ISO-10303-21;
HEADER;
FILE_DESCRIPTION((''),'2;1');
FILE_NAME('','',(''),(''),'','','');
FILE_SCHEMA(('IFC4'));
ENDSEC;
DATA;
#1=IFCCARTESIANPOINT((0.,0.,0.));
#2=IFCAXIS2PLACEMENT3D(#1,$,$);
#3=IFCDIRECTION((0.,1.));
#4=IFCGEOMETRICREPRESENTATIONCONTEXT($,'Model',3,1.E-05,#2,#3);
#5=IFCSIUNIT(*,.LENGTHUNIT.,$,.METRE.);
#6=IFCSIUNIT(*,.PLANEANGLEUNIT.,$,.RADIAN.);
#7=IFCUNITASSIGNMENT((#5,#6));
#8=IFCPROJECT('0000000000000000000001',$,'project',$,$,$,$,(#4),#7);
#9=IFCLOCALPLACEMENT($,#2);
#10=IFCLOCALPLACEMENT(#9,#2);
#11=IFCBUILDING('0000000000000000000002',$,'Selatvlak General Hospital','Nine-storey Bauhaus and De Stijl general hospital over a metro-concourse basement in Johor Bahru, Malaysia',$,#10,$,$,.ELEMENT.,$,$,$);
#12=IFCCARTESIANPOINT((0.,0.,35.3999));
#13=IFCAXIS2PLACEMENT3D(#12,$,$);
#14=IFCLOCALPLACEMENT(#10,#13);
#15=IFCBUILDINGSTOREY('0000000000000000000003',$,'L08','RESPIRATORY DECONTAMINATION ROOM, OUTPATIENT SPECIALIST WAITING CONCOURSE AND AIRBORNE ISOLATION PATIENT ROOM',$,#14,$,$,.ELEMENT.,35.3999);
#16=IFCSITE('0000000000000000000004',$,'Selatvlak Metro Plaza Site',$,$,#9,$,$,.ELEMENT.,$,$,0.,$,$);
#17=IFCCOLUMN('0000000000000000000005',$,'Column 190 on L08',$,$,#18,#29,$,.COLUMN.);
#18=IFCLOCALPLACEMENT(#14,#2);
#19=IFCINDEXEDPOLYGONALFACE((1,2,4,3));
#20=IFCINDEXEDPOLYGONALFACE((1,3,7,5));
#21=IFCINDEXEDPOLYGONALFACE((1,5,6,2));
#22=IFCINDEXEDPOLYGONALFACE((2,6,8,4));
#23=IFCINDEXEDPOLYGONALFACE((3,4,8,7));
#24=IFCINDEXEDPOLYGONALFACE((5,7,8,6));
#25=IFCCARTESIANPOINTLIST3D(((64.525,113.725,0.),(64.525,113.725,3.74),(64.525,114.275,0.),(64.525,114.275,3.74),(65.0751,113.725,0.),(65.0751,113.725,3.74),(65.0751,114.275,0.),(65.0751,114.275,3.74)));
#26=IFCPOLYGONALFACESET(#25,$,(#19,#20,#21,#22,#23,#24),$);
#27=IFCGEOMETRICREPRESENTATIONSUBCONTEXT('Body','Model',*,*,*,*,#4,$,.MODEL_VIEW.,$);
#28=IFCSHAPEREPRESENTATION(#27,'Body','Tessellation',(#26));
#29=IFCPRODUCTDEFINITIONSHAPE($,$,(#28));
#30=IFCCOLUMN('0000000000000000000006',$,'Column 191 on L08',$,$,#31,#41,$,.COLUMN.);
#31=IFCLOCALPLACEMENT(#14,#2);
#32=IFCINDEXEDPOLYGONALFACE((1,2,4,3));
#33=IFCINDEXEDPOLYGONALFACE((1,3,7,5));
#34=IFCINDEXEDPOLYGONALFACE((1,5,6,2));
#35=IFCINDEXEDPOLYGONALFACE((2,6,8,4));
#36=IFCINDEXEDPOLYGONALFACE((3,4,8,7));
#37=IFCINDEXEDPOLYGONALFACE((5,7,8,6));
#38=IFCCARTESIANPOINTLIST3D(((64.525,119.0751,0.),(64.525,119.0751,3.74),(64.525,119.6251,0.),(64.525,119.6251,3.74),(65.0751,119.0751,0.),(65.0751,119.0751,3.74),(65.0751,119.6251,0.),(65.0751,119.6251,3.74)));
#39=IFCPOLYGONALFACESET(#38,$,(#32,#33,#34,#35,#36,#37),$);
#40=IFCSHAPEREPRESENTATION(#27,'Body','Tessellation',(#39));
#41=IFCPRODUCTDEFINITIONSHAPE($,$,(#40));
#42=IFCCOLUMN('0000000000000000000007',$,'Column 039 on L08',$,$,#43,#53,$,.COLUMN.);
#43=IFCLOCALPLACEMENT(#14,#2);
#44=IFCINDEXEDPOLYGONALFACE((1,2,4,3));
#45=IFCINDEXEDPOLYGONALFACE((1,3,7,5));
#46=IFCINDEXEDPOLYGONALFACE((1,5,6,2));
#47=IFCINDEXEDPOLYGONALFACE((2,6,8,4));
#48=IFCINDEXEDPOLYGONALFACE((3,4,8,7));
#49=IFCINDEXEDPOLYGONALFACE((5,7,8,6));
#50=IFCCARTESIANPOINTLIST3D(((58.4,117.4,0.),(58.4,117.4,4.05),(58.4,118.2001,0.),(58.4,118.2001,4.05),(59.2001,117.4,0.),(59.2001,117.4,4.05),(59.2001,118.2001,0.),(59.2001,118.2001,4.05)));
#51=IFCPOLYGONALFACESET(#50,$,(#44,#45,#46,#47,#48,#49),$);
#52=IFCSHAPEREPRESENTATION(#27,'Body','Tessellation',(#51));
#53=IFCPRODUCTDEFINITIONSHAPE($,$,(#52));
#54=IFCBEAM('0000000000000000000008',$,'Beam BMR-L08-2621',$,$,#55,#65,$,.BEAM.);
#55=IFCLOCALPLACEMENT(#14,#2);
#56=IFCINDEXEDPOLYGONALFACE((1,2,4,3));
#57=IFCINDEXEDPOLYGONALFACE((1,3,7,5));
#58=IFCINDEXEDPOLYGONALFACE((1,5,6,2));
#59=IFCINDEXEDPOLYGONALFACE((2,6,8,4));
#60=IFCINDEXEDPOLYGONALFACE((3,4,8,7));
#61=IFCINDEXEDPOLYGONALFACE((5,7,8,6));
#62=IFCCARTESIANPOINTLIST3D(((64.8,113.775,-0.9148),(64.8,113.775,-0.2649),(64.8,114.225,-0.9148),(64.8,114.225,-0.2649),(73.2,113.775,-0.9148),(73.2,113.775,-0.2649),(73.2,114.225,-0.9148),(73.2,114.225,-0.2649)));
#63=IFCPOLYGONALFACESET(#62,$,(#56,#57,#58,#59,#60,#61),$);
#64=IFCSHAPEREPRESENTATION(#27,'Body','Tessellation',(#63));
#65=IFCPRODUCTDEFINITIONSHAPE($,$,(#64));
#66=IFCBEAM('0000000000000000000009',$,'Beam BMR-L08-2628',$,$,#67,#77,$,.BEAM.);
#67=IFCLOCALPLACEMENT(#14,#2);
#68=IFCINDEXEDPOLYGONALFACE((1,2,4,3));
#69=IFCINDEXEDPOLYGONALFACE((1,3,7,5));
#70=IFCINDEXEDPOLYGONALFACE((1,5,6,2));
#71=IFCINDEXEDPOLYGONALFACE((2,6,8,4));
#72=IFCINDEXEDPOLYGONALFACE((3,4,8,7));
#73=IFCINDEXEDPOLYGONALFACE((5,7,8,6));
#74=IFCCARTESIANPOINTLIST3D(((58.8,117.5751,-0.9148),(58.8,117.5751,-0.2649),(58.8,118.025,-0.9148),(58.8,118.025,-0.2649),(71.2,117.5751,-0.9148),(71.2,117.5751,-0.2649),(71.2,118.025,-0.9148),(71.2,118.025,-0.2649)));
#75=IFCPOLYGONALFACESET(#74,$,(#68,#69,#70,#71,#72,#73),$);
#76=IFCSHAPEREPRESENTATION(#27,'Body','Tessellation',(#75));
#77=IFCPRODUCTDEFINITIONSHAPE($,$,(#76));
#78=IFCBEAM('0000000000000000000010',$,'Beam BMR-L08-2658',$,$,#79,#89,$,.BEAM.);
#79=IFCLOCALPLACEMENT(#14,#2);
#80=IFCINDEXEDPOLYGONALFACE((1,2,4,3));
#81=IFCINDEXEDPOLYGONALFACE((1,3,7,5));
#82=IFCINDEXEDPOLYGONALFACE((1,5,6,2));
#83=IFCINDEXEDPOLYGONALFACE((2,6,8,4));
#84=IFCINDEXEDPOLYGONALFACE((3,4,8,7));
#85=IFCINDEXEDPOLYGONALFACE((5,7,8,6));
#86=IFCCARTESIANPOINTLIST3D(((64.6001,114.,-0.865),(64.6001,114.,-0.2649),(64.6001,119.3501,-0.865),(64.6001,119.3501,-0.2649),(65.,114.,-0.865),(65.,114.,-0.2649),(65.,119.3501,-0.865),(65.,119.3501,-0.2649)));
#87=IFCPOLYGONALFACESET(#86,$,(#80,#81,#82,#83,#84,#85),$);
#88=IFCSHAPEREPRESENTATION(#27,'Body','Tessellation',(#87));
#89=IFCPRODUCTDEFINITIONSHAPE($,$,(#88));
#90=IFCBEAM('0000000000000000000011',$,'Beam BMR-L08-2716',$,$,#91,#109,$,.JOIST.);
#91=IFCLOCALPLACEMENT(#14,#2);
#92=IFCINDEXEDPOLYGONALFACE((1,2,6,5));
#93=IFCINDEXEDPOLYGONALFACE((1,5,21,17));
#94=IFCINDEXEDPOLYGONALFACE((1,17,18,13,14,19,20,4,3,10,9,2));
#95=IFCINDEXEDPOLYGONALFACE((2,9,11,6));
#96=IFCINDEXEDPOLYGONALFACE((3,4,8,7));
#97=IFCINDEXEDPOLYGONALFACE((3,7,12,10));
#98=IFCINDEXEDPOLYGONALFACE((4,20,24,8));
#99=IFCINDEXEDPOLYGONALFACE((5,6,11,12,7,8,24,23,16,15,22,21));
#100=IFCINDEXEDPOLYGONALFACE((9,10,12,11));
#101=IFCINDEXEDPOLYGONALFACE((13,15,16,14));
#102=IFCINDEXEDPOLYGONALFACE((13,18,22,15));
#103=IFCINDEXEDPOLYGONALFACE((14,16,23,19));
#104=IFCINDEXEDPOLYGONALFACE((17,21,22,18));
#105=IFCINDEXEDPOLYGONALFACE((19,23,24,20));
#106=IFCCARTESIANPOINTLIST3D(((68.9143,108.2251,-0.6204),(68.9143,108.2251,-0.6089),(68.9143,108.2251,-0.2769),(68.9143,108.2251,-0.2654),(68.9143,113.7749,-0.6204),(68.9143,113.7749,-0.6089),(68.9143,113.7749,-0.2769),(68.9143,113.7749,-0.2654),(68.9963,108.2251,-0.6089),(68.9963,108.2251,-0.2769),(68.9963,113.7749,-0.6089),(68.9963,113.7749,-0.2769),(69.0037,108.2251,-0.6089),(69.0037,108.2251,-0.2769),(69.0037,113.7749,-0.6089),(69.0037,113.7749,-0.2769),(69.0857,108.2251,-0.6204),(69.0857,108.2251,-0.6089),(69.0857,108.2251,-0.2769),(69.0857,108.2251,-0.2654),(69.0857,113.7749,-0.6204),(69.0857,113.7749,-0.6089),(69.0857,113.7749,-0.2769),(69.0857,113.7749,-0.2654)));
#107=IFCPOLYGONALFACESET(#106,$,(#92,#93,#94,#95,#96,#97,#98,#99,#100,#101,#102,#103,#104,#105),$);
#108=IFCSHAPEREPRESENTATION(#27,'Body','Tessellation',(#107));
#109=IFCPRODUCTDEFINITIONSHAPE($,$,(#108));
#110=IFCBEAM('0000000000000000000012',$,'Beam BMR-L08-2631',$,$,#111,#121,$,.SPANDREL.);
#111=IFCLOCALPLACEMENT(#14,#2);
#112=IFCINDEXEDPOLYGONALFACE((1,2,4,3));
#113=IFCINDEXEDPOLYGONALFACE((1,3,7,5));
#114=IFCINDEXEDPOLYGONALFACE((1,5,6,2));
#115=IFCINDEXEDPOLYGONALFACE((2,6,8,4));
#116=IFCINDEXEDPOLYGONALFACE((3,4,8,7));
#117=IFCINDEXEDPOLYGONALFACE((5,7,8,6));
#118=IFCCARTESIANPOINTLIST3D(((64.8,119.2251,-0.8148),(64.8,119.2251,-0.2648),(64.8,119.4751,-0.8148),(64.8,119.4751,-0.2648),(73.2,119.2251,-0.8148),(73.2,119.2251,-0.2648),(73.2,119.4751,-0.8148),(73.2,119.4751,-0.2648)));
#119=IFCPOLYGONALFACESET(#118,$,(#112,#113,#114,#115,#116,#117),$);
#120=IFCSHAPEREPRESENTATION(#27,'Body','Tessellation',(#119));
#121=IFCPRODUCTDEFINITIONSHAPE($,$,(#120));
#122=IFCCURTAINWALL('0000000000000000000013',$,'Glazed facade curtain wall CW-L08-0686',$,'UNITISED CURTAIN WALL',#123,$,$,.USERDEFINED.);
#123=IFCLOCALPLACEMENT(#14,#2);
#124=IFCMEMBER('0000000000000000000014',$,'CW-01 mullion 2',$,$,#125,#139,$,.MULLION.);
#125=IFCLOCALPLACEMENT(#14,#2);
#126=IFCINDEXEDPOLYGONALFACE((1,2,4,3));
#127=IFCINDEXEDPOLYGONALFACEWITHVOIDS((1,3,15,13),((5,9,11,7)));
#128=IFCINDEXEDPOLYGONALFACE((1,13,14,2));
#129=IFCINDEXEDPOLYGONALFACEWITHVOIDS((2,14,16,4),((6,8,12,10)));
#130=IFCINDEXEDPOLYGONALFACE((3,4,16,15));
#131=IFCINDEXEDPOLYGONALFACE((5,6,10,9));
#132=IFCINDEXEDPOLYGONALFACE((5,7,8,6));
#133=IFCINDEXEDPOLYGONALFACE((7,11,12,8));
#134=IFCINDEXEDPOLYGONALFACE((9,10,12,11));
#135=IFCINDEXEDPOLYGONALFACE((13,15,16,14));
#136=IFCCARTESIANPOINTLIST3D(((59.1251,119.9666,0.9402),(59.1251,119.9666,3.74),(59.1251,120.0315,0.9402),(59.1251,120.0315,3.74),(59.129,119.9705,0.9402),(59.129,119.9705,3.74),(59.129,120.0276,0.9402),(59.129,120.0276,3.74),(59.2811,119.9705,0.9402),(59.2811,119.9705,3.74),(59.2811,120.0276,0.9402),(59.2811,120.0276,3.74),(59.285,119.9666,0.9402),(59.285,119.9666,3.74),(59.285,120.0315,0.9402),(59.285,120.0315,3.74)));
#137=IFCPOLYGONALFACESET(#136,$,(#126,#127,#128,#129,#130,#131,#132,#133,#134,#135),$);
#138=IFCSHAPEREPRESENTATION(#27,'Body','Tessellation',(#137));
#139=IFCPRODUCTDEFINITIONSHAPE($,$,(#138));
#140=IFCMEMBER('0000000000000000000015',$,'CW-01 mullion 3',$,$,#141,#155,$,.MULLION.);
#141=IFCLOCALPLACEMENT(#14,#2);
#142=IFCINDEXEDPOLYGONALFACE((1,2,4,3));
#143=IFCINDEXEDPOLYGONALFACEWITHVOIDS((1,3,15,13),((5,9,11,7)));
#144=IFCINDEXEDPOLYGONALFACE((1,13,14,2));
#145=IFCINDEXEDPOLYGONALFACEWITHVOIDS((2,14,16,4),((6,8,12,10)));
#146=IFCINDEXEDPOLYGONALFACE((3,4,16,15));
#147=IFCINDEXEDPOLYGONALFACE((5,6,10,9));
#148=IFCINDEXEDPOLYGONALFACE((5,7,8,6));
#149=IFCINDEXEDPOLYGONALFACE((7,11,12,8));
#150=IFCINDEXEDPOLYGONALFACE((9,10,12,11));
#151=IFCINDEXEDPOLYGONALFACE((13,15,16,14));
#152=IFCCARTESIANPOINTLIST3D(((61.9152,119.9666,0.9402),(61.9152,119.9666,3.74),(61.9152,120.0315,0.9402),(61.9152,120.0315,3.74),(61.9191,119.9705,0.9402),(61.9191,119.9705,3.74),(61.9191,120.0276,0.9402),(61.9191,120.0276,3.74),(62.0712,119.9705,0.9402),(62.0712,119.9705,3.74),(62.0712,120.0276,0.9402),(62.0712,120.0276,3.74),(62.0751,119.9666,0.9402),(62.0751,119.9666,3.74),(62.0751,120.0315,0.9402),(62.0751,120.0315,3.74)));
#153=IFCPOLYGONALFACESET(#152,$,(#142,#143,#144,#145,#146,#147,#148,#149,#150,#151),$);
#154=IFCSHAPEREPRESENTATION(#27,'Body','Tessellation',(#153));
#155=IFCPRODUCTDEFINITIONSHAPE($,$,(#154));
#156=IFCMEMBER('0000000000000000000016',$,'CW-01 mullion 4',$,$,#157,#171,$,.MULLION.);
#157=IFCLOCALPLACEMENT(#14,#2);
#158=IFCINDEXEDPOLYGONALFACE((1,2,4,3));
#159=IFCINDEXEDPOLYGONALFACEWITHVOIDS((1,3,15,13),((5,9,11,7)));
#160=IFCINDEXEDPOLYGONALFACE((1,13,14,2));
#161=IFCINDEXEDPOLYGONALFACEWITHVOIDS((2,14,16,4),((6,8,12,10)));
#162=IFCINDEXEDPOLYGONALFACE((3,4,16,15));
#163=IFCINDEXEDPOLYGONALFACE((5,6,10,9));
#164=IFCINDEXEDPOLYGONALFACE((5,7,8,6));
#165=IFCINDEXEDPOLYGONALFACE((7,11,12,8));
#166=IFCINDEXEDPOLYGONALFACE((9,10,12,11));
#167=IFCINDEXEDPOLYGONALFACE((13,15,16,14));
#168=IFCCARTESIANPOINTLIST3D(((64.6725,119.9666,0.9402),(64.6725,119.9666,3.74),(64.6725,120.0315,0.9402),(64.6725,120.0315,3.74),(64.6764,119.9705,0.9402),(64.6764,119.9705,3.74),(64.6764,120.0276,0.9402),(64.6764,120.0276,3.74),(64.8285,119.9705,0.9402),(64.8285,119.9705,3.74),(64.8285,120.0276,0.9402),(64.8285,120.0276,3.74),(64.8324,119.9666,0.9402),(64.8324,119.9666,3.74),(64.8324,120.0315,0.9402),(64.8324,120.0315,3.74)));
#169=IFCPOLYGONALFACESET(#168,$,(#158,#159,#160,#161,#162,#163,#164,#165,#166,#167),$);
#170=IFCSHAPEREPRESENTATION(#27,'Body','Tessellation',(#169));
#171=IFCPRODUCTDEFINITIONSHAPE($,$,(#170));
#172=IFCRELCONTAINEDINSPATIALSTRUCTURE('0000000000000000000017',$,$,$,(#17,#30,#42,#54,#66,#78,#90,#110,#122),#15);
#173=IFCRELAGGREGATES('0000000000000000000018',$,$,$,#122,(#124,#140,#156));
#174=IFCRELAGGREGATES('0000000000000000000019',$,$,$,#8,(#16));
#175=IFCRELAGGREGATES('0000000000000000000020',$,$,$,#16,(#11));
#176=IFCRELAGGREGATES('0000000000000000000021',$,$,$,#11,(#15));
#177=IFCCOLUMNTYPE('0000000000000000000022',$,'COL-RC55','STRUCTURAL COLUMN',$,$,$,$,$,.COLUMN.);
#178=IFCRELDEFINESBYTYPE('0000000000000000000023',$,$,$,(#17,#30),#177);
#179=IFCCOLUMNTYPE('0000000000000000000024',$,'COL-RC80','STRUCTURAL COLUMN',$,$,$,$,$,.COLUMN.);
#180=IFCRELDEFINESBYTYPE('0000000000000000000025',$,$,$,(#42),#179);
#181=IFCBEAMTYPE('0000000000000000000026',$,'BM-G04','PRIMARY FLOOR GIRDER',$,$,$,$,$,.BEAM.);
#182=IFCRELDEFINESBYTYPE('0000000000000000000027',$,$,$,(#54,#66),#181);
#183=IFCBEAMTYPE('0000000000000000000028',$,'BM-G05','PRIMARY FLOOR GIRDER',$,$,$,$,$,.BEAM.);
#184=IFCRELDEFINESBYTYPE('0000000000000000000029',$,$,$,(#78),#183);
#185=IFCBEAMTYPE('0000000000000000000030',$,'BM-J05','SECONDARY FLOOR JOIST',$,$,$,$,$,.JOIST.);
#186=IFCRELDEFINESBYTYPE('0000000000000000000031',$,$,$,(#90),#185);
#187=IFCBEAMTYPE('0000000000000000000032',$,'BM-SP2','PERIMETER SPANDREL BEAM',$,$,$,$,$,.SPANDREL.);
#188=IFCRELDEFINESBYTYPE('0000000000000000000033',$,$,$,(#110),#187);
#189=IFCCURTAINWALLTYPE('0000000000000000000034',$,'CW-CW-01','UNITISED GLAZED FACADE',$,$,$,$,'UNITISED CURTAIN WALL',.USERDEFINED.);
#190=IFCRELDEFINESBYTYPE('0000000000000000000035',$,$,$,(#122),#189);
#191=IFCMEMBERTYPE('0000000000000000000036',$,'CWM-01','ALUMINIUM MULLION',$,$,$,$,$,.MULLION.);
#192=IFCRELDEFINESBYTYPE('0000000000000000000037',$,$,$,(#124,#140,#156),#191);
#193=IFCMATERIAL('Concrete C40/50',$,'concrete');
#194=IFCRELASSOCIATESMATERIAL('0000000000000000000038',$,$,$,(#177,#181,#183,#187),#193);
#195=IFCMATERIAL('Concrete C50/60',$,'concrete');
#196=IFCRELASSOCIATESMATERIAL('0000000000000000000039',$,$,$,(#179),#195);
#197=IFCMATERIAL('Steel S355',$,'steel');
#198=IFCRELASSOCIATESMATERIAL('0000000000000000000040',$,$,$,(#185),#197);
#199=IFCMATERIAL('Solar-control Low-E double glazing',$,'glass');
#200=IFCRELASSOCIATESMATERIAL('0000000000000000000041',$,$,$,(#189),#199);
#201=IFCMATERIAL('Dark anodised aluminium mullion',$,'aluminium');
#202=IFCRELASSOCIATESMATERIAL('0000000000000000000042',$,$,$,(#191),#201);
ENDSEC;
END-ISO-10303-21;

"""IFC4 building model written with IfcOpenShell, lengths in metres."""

from ifc_helpers import new_model, si_unit, direction, frame, origin, origin_2d, place, context, subcontext, project, spatial, rectangle, hollow_rectangle, i_section, extrude, material, material_profile, profile_set, type_object, element, aggregate, save


model = new_model("IFC4")

# Units and contexts
model_context = context("Model", 3, precision=1e-05, world=origin(), true_north=direction((0.0, 1.0)))
body_context = subcontext(model_context, "Body", "Model", "MODEL_VIEW")
ifc_project = project(units=[si_unit("LENGTHUNIT", "METRE"), si_unit("PLANEANGLEUNIT", "RADIAN")], contexts=[model_context])

# Site, building, storey
site_placement = place(None, origin())
site = spatial("IfcSite", under=ifc_project, at=site_placement, Name="Selatvlak Metro Plaza Site", CompositionType="ELEMENT", RefElevation=0.0)
building_placement = place(site_placement, origin())
building = spatial("IfcBuilding", under=site, at=building_placement, Name="Selatvlak General Hospital", Description="Nine-storey Bauhaus and De Stijl general hospital over a metro-concourse basement in Johor Bahru, Malaysia", CompositionType="ELEMENT")
storey_placement = place(building_placement, frame((0.0, 0.0, 35.3999)))
storey = spatial("IfcBuildingStorey", under=building, at=storey_placement, Name="L08", Description="RESPIRATORY DECONTAMINATION ROOM, OUTPATIENT SPECIALIST WAITING CONCOURSE AND AIRBORNE ISOLATION PATIENT ROOM", CompositionType="ELEMENT", Elevation=35.3999)

# Columns
ifc_material_1 = material(Name="Concrete C40/50", Category="concrete")
ifc_material_profile_1 = material_profile(ifc_material_1, rectangle(XDim=0.55, YDim=0.55, at=origin_2d()), Name="RC-COL 550x550")
ifc_profile_set_1 = profile_set([ifc_material_profile_1], Name="Concrete C40/50")
column_type_1 = type_object("IfcColumnType", Name="COL-RC55", Description="STRUCTURAL COLUMN", PredefinedType="COLUMN", material=ifc_profile_set_1)
for number, where, z_axis, x_axis, name in (
    (1, (64.8, 114.0, 0.0), (0.0, 0.0, 1.0), (1.0, 0.0, 0.0), "Column 190 on L08"),
    (2, (64.8, 119.3501, 0.0), (0.0, 0.0, 1.0), (1.0, 0.0, 0.0), "Column 191 on L08"),
):
    element("IfcColumn", number, at=place(storey_placement, frame(where, z_axis=z_axis, x_axis=x_axis)), inside=storey, type_object=column_type_1, Name=name, PredefinedType="COLUMN", context=body_context, shape_type="SweptSolid", body=[
        extrude(rectangle(XDim=0.55, YDim=0.55, at=origin_2d()), origin(), (0.0, 0.0, 1.0), 3.74),
    ])
ifc_material_2 = material(Name="Concrete C50/60", Category="concrete")
ifc_material_profile_2 = material_profile(ifc_material_2, rectangle(XDim=0.8, YDim=0.8, at=origin_2d()), Name="RC-COL 800x800")
ifc_profile_set_2 = profile_set([ifc_material_profile_2], Name="Concrete C50/60")
column_type_2 = type_object("IfcColumnType", Name="COL-RC80", Description="STRUCTURAL COLUMN", PredefinedType="COLUMN", material=ifc_profile_set_2)
column_placement = place(storey_placement, frame((58.8, 117.8, 0.0), z_axis=(0.0, 0.0, 1.0), x_axis=(1.0, 0.0, 0.0)))
element("IfcColumn", 3, at=column_placement, inside=storey, type_object=column_type_2, Name="Column 039 on L08", PredefinedType="COLUMN", context=body_context, shape_type="SweptSolid", body=[
    extrude(rectangle(XDim=0.8, YDim=0.8, at=origin_2d()), origin(), (0.0, 0.0, 1.0), 4.05),
])

# Beams
ifc_material_profile_3 = material_profile(ifc_material_1, rectangle(XDim=0.45, YDim=0.6499, at=origin_2d()), Name="RC-BM 450x650")
ifc_profile_set_3 = profile_set([ifc_material_profile_3], Name="Concrete C40/50")
beam_type_1 = type_object("IfcBeamType", Name="BM-G04", Description="PRIMARY FLOOR GIRDER", PredefinedType="BEAM", material=ifc_profile_set_3)
beam_1_placement = place(storey_placement, frame((64.8, 114.0, -0.5898), z_axis=(1.0, 0.0, 0.0), x_axis=(0.0, 1.0, 0.0)))
element("IfcBeam", 4, at=beam_1_placement, inside=storey, type_object=beam_type_1, Name="Beam BMR-L08-2621", PredefinedType="BEAM", context=body_context, shape_type="SweptSolid", body=[
    extrude(rectangle(XDim=0.45, YDim=0.6499, at=origin_2d()), origin(), (0.0, 0.0, 1.0), 8.3999),
])
beam_2_placement = place(storey_placement, frame((58.8, 117.8, -0.5898), z_axis=(1.0, 0.0, 0.0), x_axis=(0.0, 1.0, 0.0)))
element("IfcBeam", 5, at=beam_2_placement, inside=storey, type_object=beam_type_1, Name="Beam BMR-L08-2628", PredefinedType="BEAM", context=body_context, shape_type="SweptSolid", body=[
    extrude(rectangle(XDim=0.45, YDim=0.6499, at=origin_2d()), origin(), (0.0, 0.0, 1.0), 12.3999),
])
ifc_material_profile_4 = material_profile(ifc_material_1, rectangle(XDim=0.3999, YDim=0.6001, at=origin_2d()), Name="RC-BM 400x600")
ifc_profile_set_4 = profile_set([ifc_material_profile_4], Name="Concrete C40/50")
beam_type_2 = type_object("IfcBeamType", Name="BM-G05", Description="PRIMARY FLOOR GIRDER", PredefinedType="BEAM", material=ifc_profile_set_4)
beam_3_placement = place(storey_placement, frame((64.8, 114.0, -0.5649), z_axis=(0.0, 1.0, 0.0), x_axis=(-1.0, 0.0, 0.0)))
element("IfcBeam", 6, at=beam_3_placement, inside=storey, type_object=beam_type_2, Name="Beam BMR-L08-2658", PredefinedType="BEAM", context=body_context, shape_type="SweptSolid", body=[
    extrude(rectangle(XDim=0.3999, YDim=0.6001, at=origin_2d()), origin(), (0.0, 0.0, 1.0), 5.3501),
])
ifc_material_3 = material(Name="Steel S355", Category="steel")
ifc_material_profile_5 = material_profile(ifc_material_3, i_section(OverallWidth=0.1714, OverallDepth=0.355, WebThickness=0.0073, FlangeThickness=0.0115, at=origin_2d()), Name="UB 356x171x51")
ifc_profile_set_5 = profile_set([ifc_material_profile_5], Name="Steel S355")
beam_type_3 = type_object("IfcBeamType", Name="BM-J05", Description="SECONDARY FLOOR JOIST", PredefinedType="JOIST", material=ifc_profile_set_5)
beam_4_placement = place(storey_placement, frame((69.0, 108.2251, -0.4429), z_axis=(0.0, 1.0, 0.0), x_axis=(-1.0, 0.0, 0.0)))
element("IfcBeam", 7, at=beam_4_placement, inside=storey, type_object=beam_type_3, Name="Beam BMR-L08-2716", PredefinedType="JOIST", context=body_context, shape_type="SweptSolid", body=[
    extrude(i_section(OverallWidth=0.1714, OverallDepth=0.355, WebThickness=0.0073, FlangeThickness=0.0115, at=origin_2d()), origin(), (0.0, 0.0, 1.0), 5.5498),
])
ifc_material_profile_6 = material_profile(ifc_material_1, rectangle(XDim=0.25, YDim=0.55, at=origin_2d()), Name="RC-SP 250x550")
ifc_profile_set_6 = profile_set([ifc_material_profile_6], Name="Concrete C40/50")
beam_type_4 = type_object("IfcBeamType", Name="BM-SP2", Description="PERIMETER SPANDREL BEAM", PredefinedType="SPANDREL", material=ifc_profile_set_6)
beam_5_placement = place(storey_placement, frame((64.8, 119.3501, -0.5398), z_axis=(1.0, 0.0, 0.0), x_axis=(0.0, 1.0, 0.0)))
element("IfcBeam", 8, at=beam_5_placement, inside=storey, type_object=beam_type_4, Name="Beam BMR-L08-2631", PredefinedType="SPANDREL", context=body_context, shape_type="SweptSolid", body=[
    extrude(rectangle(XDim=0.25, YDim=0.55, at=origin_2d()), origin(), (0.0, 0.0, 1.0), 8.3999),
])

# Curtain wall, members
ifc_material_4 = material(Name="Solar-control Low-E double glazing", Category="glass")
curtain_wall_type_1 = type_object("IfcCurtainWallType", Name="CW-CW-01", Description="UNITISED GLAZED FACADE", ElementType="UNITISED CURTAIN WALL", PredefinedType="USERDEFINED", material=ifc_material_4)
curtain_wall_1_placement = place(storey_placement, origin())
curtain_wall_1 = element("IfcCurtainWall", 9, at=curtain_wall_1_placement, inside=storey, type_object=curtain_wall_type_1, Name="Glazed facade curtain wall CW-L08-0686", ObjectType="UNITISED CURTAIN WALL", PredefinedType="USERDEFINED")
ifc_material_5 = material(Name="Dark anodised aluminium mullion", Category="aluminium")
ifc_material_profile_7 = material_profile(ifc_material_5, hollow_rectangle(XDim=0.0649, YDim=0.1599, WallThickness=0.0039, at=origin_2d()), Name="AL-MUL 65x160x4")
ifc_profile_set_7 = profile_set([ifc_material_profile_7], Name="Dark anodised aluminium mullion")
member_type_1 = type_object("IfcMemberType", Name="CWM-01", Description="ALUMINIUM MULLION", PredefinedType="MULLION", material=ifc_profile_set_7)
member_1_placement = place(storey_placement, frame((59.2051, 119.999, 0.9402), z_axis=(0.0, 0.0, 1.0), x_axis=(0.0, 1.0, 0.0)))
member_1 = element("IfcMember", 10, at=member_1_placement, type_object=member_type_1, Name="CW-01 mullion 2", PredefinedType="MULLION", context=body_context, shape_type="SweptSolid", body=[
    extrude(hollow_rectangle(XDim=0.0649, YDim=0.1599, WallThickness=0.0039, at=origin_2d()), origin(), (0.0, 0.0, 1.0), 2.7998),
])
member_2_placement = place(storey_placement, frame((61.9951, 119.999, 0.9402), z_axis=(0.0, 0.0, 1.0), x_axis=(0.0, 1.0, 0.0)))
member_2 = element("IfcMember", 11, at=member_2_placement, type_object=member_type_1, Name="CW-01 mullion 3", PredefinedType="MULLION", context=body_context, shape_type="SweptSolid", body=[
    extrude(hollow_rectangle(XDim=0.0649, YDim=0.1599, WallThickness=0.0039, at=origin_2d()), origin(), (0.0, 0.0, 1.0), 2.7998),
])
member_3_placement = place(storey_placement, frame((64.7524, 119.999, 0.9402), z_axis=(0.0, 0.0, 1.0), x_axis=(0.0, 1.0, 0.0)))
member_3 = element("IfcMember", 12, at=member_3_placement, type_object=member_type_1, Name="CW-01 mullion 4", PredefinedType="MULLION", context=body_context, shape_type="SweptSolid", body=[
    extrude(hollow_rectangle(XDim=0.0649, YDim=0.1599, WallThickness=0.0039, at=origin_2d()), origin(), (0.0, 0.0, 1.0), 2.7998),
])

aggregate(curtain_wall_1, [member_1, member_2, member_3])

save(model, "model.ifc")
